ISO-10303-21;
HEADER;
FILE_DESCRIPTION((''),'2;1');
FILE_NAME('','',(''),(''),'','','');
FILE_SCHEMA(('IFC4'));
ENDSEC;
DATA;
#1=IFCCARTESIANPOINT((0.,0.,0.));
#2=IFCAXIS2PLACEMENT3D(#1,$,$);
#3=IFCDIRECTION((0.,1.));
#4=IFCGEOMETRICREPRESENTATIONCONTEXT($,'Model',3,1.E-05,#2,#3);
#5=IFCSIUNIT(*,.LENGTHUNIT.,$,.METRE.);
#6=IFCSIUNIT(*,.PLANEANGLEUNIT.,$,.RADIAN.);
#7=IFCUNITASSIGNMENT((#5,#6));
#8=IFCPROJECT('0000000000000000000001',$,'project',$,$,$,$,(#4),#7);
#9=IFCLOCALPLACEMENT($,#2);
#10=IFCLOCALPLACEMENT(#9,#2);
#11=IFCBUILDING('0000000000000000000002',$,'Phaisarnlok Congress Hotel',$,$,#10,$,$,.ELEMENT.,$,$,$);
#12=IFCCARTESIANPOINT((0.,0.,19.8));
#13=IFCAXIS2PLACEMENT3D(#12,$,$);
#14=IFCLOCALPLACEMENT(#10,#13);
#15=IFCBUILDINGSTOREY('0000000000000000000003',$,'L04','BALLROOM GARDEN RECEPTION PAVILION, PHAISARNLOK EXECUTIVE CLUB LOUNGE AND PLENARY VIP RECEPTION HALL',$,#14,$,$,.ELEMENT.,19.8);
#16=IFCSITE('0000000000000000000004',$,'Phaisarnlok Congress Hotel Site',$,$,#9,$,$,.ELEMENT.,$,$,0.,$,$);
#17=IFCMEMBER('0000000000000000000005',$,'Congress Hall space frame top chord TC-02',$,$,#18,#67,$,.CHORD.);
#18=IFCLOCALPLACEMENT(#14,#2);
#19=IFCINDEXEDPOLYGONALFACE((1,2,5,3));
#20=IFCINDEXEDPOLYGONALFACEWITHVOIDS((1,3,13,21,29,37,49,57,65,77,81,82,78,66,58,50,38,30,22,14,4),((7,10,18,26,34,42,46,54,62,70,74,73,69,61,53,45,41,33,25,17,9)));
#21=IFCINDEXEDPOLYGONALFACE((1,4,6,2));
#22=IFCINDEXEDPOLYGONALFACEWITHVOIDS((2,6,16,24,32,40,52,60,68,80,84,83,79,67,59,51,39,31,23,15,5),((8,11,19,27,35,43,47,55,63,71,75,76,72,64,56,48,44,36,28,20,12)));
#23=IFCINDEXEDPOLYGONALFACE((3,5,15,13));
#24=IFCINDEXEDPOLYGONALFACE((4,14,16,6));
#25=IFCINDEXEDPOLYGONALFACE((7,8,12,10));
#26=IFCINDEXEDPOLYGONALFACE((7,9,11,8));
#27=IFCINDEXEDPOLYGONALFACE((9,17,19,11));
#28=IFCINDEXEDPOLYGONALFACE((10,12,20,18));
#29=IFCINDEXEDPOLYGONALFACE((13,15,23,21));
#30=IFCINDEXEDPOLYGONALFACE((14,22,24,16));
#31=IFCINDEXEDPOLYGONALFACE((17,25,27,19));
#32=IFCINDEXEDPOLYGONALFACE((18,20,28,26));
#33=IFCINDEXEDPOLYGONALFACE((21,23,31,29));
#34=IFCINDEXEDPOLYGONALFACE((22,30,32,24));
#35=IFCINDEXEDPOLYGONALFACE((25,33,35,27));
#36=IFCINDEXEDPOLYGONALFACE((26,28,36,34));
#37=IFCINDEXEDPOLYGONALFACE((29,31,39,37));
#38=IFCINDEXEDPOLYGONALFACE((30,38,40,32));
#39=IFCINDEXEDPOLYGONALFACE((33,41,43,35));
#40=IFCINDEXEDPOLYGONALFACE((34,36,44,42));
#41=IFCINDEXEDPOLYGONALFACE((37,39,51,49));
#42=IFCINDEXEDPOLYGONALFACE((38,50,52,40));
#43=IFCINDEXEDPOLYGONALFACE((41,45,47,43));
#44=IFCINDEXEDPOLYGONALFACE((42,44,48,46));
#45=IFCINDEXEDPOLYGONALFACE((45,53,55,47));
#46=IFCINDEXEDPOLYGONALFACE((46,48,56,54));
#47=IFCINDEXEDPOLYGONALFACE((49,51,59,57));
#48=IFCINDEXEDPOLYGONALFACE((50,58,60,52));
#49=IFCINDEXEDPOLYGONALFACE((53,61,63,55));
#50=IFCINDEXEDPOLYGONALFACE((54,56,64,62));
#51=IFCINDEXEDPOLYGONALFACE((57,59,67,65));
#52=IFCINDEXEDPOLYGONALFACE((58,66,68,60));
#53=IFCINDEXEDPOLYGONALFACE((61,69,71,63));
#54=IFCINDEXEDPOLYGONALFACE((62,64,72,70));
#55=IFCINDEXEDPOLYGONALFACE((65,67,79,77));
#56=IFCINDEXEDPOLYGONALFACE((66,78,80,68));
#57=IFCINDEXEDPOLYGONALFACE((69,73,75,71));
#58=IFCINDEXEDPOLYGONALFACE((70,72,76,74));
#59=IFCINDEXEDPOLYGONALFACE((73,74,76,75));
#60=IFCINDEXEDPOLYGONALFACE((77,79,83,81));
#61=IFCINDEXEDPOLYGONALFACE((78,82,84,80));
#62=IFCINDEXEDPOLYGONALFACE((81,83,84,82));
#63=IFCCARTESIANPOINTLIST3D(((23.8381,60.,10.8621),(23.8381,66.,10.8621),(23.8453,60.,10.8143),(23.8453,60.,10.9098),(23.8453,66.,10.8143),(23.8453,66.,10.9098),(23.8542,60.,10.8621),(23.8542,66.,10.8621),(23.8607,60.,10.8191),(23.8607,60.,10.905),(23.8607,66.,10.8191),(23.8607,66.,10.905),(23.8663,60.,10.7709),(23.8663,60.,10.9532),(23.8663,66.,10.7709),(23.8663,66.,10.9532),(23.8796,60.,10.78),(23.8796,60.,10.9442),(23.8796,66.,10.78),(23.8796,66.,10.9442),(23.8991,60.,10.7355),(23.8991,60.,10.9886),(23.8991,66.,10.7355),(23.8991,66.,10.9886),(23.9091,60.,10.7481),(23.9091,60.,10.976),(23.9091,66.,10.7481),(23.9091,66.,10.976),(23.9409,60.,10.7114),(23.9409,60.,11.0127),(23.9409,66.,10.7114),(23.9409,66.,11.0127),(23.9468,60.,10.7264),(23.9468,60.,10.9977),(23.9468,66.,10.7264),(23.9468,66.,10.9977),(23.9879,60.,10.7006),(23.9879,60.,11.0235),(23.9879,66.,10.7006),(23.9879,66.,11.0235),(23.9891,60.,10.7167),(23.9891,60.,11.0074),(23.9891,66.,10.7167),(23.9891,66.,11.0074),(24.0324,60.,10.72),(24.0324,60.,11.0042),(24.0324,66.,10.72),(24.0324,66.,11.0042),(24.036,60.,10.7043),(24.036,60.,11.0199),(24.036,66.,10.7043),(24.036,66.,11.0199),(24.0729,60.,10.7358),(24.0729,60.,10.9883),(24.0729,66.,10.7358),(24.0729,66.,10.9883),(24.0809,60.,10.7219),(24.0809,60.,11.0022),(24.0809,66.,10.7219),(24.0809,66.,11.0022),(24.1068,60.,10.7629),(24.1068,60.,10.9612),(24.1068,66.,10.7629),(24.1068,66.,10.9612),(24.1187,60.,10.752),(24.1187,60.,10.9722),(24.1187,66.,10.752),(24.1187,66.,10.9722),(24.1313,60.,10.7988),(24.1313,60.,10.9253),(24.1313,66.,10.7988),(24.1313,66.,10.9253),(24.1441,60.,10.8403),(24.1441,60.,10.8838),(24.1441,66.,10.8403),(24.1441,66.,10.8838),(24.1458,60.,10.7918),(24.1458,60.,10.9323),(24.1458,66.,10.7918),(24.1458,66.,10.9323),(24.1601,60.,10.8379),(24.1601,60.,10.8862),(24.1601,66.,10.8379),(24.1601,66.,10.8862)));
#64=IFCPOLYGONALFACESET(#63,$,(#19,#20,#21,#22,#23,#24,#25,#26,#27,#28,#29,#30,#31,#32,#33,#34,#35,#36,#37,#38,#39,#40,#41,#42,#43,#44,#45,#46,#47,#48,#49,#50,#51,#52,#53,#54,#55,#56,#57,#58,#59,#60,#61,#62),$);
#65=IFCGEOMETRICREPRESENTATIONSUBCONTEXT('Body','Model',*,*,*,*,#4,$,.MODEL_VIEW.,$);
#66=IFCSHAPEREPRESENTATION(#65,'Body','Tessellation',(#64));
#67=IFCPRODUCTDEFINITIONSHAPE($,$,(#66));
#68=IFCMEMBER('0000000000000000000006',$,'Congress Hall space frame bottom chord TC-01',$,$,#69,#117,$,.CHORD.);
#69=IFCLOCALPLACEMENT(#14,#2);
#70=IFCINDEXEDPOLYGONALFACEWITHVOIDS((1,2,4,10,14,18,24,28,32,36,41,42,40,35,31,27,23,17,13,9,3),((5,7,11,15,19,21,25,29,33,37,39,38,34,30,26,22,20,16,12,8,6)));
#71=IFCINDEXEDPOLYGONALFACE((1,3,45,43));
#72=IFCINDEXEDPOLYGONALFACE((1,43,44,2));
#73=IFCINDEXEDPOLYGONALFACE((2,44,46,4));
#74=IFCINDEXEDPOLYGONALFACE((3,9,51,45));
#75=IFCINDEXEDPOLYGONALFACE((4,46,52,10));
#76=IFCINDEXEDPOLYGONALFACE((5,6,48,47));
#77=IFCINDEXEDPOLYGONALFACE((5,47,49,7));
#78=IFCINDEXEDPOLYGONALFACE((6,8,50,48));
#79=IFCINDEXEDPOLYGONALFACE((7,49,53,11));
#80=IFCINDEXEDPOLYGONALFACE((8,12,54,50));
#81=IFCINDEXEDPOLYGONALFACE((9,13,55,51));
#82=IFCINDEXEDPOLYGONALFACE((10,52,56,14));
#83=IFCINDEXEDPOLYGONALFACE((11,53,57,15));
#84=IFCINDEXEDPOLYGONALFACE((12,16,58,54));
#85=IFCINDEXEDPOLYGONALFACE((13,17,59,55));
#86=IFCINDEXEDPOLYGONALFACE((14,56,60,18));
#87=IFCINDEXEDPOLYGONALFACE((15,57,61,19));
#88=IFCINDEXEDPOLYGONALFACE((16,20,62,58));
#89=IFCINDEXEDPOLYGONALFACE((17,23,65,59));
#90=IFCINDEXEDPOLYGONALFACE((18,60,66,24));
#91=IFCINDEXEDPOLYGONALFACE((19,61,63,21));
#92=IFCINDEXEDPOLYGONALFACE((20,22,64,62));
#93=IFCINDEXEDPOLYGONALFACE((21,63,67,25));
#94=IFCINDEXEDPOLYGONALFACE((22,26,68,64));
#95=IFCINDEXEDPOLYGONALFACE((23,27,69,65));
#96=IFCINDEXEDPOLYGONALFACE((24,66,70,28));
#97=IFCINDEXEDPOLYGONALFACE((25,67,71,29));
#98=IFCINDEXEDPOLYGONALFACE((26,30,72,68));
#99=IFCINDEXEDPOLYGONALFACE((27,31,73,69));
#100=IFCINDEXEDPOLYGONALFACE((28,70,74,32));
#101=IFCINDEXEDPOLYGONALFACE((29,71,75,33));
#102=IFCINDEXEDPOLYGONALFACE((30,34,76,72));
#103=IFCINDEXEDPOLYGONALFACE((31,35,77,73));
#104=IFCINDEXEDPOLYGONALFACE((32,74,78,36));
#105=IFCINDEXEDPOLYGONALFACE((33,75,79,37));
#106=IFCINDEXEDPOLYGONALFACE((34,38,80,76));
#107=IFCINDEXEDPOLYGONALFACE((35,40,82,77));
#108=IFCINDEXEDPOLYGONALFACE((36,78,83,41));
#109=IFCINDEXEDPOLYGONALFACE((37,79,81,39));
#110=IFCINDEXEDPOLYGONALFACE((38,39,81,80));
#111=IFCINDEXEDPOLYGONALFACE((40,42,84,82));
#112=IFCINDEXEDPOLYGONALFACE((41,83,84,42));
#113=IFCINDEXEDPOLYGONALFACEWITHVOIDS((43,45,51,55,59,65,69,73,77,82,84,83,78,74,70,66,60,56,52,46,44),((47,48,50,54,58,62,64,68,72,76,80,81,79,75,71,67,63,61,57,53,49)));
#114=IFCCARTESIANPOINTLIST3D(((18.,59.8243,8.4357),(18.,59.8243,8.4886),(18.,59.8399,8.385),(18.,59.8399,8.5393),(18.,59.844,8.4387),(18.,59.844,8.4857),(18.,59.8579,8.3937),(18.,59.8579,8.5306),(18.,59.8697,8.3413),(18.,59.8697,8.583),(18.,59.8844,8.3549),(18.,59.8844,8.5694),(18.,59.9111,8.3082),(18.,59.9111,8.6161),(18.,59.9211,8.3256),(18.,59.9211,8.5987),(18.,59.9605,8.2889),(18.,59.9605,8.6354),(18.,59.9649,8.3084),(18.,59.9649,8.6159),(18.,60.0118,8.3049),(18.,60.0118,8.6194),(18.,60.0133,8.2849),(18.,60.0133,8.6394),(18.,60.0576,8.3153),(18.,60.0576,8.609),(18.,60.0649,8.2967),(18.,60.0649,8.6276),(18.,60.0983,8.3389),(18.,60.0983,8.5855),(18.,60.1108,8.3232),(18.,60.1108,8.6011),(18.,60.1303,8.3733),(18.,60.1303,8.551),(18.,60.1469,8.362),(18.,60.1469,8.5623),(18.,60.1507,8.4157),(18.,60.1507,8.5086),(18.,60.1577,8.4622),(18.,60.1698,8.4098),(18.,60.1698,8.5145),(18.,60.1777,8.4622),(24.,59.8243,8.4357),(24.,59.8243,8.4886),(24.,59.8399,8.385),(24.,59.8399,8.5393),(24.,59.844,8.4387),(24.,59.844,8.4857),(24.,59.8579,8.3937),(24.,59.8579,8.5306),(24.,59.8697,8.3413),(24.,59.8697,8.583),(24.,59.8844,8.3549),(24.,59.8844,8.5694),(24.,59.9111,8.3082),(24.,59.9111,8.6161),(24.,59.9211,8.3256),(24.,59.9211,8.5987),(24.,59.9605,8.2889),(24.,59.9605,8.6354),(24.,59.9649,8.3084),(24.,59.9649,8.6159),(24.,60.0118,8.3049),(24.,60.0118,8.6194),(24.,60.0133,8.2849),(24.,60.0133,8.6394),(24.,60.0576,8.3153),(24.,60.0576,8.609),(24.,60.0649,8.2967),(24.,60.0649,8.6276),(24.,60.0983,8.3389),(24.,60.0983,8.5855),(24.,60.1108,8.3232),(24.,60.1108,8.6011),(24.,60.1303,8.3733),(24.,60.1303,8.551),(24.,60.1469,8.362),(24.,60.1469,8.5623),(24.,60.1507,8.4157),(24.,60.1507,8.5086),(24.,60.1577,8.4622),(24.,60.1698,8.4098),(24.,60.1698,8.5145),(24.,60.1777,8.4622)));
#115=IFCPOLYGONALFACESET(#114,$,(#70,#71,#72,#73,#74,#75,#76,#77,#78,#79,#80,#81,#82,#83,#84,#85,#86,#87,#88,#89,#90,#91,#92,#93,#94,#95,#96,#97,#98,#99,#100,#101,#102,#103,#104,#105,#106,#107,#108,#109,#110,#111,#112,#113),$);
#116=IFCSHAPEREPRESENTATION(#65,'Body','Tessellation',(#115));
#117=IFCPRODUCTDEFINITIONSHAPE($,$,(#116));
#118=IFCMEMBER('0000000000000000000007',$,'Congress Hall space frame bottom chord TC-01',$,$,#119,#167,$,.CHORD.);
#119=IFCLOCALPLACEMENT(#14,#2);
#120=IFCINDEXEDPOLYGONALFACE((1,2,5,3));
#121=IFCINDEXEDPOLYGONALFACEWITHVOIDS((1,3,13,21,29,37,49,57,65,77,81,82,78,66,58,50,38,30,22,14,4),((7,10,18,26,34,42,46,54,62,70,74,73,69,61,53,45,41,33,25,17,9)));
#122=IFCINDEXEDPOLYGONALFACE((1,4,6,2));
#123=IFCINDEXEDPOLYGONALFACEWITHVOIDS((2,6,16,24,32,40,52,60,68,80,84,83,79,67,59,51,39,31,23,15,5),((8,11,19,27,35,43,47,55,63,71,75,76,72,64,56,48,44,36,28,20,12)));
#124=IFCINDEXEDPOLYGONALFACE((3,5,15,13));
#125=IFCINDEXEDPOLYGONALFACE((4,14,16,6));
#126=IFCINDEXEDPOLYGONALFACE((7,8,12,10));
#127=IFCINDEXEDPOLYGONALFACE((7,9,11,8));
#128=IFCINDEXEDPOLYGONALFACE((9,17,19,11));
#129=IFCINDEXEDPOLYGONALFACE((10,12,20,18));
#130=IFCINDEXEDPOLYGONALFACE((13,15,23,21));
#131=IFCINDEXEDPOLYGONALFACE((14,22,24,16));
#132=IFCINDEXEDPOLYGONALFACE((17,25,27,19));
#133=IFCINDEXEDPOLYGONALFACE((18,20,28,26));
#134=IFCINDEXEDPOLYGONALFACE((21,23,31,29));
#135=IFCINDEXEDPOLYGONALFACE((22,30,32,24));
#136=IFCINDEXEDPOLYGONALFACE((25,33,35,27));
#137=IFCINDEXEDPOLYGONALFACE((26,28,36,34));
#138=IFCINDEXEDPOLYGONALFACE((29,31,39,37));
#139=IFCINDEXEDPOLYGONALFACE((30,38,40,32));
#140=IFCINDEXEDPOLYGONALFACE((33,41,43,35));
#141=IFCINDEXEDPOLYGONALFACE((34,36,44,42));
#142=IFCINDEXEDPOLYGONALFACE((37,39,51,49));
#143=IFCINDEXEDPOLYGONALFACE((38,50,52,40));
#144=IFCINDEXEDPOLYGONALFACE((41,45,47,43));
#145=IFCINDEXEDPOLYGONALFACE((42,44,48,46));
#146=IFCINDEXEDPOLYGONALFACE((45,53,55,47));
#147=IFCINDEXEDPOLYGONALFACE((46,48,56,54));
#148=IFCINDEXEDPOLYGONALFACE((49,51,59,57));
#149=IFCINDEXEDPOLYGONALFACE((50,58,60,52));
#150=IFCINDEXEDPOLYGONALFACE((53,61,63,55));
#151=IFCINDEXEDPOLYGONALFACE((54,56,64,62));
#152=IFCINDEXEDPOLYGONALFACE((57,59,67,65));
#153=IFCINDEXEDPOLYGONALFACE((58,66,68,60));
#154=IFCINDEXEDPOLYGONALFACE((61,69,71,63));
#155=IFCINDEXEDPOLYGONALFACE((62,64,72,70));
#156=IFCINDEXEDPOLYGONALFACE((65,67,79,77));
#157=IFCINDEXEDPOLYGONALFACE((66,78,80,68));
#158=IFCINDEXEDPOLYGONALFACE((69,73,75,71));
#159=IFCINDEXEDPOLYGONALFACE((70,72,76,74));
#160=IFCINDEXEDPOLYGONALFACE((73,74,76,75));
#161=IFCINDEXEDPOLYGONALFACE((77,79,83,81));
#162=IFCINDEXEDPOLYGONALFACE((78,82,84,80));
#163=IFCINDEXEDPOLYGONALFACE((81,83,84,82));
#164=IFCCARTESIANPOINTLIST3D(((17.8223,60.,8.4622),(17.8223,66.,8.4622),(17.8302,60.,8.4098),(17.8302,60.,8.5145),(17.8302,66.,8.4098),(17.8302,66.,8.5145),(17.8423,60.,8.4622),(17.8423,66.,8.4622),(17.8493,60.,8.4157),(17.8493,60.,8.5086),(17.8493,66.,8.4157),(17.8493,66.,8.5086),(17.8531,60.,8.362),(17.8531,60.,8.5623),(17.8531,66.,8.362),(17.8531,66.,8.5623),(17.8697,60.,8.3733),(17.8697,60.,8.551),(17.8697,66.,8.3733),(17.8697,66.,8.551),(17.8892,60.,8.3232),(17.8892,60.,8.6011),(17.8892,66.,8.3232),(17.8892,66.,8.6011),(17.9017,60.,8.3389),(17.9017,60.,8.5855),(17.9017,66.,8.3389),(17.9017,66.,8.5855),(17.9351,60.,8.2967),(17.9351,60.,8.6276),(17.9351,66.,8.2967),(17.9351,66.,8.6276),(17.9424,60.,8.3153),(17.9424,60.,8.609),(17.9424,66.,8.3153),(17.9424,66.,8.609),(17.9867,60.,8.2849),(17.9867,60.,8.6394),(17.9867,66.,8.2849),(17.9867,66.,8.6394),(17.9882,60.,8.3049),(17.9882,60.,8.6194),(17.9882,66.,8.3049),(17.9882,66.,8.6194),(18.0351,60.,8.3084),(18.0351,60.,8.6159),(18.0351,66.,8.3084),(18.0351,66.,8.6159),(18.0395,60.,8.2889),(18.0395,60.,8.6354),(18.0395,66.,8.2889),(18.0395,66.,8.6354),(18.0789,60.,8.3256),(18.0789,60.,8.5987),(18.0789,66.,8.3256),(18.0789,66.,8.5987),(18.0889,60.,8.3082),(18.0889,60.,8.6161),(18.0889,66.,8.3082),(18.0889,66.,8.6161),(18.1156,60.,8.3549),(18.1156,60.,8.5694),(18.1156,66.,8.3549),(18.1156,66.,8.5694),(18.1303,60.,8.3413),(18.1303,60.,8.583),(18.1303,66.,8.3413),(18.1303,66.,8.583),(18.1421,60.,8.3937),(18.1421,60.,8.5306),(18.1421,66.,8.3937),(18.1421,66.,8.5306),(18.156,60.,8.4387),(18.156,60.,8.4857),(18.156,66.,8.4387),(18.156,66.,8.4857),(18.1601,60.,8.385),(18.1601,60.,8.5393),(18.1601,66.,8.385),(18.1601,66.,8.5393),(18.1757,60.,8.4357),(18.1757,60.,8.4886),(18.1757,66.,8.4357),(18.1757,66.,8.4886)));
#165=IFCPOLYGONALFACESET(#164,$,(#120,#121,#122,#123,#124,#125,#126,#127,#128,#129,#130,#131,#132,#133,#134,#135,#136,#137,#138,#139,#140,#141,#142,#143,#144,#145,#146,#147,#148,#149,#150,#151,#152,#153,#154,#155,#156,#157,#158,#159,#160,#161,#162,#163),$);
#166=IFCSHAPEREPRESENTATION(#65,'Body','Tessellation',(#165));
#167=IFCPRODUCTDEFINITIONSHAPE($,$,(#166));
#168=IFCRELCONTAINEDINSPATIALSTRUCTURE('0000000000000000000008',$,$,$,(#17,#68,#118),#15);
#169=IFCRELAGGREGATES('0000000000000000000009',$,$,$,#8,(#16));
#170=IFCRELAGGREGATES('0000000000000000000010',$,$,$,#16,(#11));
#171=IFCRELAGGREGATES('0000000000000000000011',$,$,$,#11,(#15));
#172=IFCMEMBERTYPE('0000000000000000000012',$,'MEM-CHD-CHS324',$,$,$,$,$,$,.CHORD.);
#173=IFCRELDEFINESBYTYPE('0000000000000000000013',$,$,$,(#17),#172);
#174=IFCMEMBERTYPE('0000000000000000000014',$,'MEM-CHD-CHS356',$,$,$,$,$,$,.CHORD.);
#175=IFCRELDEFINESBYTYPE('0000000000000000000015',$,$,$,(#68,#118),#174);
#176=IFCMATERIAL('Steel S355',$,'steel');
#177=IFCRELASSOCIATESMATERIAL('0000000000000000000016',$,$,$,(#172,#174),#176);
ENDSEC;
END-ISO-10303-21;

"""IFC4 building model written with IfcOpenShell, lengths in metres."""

from ifc_helpers import new_model, si_unit, direction, frame, origin, origin_2d, place, context, subcontext, project, spatial, hollow_circle, extrude, material, material_profile, profile_set, type_object, element, save


model = new_model("IFC4")

# Units and contexts
model_context = context("Model", 3, precision=1e-05, world=origin(), true_north=direction((0.0, 1.0)))
body_context = subcontext(model_context, "Body", "Model", "MODEL_VIEW")
ifc_project = project(units=[si_unit("LENGTHUNIT", "METRE"), si_unit("PLANEANGLEUNIT", "RADIAN")], contexts=[model_context])

# Site, building, storey
site_placement = place(None, origin())
site = spatial("IfcSite", under=ifc_project, at=site_placement, Name="Phaisarnlok Congress Hotel Site", CompositionType="ELEMENT", RefElevation=0.0)
building_placement = place(site_placement, origin())
building = spatial("IfcBuilding", under=site, at=building_placement, Name="Phaisarnlok Congress Hotel", CompositionType="ELEMENT")
storey_placement = place(building_placement, frame((0.0, 0.0, 19.8)))
storey = spatial("IfcBuildingStorey", under=building, at=storey_placement, Name="L04", Description="BALLROOM GARDEN RECEPTION PAVILION, PHAISARNLOK EXECUTIVE CLUB LOUNGE AND PLENARY VIP RECEPTION HALL", CompositionType="ELEMENT", Elevation=19.8)

# Members
ifc_material = material(Name="Steel S355", Category="steel")
ifc_material_profile_1 = material_profile(ifc_material, hollow_circle(Radius=0.1619, WallThickness=0.0161, at=origin_2d()), Name="CHS 323.9x16")
ifc_profile_set_1 = profile_set([ifc_material_profile_1], Name="Steel S355")
member_type_1 = type_object("IfcMemberType", Name="MEM-CHD-CHS324", PredefinedType="CHORD", material=ifc_profile_set_1)
for number, where, z_axis, x_axis, name in (
    (1, (24.0, 60.0, 10.8621), (0.0, 1.0, 0.0), (-1.0, 0.0, 0.0), "Congress Hall space frame top chord TC-02"),
):
    element("IfcMember", number, at=place(storey_placement, frame(where, z_axis=z_axis, x_axis=x_axis)), inside=storey, type_object=member_type_1, Name=name, PredefinedType="CHORD", context=body_context, shape_type="SweptSolid", body=[
        extrude(hollow_circle(Radius=0.1619, WallThickness=0.0161, at=origin_2d()), origin(), (0.0, 0.0, 1.0), 6.0),
    ])
ifc_material_profile_2 = material_profile(ifc_material, hollow_circle(Radius=0.1777, WallThickness=0.02, at=origin_2d()), Name="CHS 355.6x20")
ifc_profile_set_2 = profile_set([ifc_material_profile_2], Name="Steel S355")
member_type_2 = type_object("IfcMemberType", Name="MEM-CHD-CHS356", PredefinedType="CHORD", material=ifc_profile_set_2)
for number, where, z_axis, x_axis, name in (
    (2, (18.0, 60.0, 8.4622), (1.0, 0.0, 0.0), (0.0, 1.0, 0.0), "Congress Hall space frame bottom chord TC-01"),
    (3, (18.0, 60.0, 8.4622), (0.0, 1.0, 0.0), (-1.0, 0.0, 0.0), "Congress Hall space frame bottom chord TC-01"),
):
    element("IfcMember", number, at=place(storey_placement, frame(where, z_axis=z_axis, x_axis=x_axis)), inside=storey, type_object=member_type_2, Name=name, PredefinedType="CHORD", context=body_context, shape_type="SweptSolid", body=[
        extrude(hollow_circle(Radius=0.1777, WallThickness=0.02, at=origin_2d()), origin(), (0.0, 0.0, 1.0), 6.0),
    ])

save(model, "model.ifc")
